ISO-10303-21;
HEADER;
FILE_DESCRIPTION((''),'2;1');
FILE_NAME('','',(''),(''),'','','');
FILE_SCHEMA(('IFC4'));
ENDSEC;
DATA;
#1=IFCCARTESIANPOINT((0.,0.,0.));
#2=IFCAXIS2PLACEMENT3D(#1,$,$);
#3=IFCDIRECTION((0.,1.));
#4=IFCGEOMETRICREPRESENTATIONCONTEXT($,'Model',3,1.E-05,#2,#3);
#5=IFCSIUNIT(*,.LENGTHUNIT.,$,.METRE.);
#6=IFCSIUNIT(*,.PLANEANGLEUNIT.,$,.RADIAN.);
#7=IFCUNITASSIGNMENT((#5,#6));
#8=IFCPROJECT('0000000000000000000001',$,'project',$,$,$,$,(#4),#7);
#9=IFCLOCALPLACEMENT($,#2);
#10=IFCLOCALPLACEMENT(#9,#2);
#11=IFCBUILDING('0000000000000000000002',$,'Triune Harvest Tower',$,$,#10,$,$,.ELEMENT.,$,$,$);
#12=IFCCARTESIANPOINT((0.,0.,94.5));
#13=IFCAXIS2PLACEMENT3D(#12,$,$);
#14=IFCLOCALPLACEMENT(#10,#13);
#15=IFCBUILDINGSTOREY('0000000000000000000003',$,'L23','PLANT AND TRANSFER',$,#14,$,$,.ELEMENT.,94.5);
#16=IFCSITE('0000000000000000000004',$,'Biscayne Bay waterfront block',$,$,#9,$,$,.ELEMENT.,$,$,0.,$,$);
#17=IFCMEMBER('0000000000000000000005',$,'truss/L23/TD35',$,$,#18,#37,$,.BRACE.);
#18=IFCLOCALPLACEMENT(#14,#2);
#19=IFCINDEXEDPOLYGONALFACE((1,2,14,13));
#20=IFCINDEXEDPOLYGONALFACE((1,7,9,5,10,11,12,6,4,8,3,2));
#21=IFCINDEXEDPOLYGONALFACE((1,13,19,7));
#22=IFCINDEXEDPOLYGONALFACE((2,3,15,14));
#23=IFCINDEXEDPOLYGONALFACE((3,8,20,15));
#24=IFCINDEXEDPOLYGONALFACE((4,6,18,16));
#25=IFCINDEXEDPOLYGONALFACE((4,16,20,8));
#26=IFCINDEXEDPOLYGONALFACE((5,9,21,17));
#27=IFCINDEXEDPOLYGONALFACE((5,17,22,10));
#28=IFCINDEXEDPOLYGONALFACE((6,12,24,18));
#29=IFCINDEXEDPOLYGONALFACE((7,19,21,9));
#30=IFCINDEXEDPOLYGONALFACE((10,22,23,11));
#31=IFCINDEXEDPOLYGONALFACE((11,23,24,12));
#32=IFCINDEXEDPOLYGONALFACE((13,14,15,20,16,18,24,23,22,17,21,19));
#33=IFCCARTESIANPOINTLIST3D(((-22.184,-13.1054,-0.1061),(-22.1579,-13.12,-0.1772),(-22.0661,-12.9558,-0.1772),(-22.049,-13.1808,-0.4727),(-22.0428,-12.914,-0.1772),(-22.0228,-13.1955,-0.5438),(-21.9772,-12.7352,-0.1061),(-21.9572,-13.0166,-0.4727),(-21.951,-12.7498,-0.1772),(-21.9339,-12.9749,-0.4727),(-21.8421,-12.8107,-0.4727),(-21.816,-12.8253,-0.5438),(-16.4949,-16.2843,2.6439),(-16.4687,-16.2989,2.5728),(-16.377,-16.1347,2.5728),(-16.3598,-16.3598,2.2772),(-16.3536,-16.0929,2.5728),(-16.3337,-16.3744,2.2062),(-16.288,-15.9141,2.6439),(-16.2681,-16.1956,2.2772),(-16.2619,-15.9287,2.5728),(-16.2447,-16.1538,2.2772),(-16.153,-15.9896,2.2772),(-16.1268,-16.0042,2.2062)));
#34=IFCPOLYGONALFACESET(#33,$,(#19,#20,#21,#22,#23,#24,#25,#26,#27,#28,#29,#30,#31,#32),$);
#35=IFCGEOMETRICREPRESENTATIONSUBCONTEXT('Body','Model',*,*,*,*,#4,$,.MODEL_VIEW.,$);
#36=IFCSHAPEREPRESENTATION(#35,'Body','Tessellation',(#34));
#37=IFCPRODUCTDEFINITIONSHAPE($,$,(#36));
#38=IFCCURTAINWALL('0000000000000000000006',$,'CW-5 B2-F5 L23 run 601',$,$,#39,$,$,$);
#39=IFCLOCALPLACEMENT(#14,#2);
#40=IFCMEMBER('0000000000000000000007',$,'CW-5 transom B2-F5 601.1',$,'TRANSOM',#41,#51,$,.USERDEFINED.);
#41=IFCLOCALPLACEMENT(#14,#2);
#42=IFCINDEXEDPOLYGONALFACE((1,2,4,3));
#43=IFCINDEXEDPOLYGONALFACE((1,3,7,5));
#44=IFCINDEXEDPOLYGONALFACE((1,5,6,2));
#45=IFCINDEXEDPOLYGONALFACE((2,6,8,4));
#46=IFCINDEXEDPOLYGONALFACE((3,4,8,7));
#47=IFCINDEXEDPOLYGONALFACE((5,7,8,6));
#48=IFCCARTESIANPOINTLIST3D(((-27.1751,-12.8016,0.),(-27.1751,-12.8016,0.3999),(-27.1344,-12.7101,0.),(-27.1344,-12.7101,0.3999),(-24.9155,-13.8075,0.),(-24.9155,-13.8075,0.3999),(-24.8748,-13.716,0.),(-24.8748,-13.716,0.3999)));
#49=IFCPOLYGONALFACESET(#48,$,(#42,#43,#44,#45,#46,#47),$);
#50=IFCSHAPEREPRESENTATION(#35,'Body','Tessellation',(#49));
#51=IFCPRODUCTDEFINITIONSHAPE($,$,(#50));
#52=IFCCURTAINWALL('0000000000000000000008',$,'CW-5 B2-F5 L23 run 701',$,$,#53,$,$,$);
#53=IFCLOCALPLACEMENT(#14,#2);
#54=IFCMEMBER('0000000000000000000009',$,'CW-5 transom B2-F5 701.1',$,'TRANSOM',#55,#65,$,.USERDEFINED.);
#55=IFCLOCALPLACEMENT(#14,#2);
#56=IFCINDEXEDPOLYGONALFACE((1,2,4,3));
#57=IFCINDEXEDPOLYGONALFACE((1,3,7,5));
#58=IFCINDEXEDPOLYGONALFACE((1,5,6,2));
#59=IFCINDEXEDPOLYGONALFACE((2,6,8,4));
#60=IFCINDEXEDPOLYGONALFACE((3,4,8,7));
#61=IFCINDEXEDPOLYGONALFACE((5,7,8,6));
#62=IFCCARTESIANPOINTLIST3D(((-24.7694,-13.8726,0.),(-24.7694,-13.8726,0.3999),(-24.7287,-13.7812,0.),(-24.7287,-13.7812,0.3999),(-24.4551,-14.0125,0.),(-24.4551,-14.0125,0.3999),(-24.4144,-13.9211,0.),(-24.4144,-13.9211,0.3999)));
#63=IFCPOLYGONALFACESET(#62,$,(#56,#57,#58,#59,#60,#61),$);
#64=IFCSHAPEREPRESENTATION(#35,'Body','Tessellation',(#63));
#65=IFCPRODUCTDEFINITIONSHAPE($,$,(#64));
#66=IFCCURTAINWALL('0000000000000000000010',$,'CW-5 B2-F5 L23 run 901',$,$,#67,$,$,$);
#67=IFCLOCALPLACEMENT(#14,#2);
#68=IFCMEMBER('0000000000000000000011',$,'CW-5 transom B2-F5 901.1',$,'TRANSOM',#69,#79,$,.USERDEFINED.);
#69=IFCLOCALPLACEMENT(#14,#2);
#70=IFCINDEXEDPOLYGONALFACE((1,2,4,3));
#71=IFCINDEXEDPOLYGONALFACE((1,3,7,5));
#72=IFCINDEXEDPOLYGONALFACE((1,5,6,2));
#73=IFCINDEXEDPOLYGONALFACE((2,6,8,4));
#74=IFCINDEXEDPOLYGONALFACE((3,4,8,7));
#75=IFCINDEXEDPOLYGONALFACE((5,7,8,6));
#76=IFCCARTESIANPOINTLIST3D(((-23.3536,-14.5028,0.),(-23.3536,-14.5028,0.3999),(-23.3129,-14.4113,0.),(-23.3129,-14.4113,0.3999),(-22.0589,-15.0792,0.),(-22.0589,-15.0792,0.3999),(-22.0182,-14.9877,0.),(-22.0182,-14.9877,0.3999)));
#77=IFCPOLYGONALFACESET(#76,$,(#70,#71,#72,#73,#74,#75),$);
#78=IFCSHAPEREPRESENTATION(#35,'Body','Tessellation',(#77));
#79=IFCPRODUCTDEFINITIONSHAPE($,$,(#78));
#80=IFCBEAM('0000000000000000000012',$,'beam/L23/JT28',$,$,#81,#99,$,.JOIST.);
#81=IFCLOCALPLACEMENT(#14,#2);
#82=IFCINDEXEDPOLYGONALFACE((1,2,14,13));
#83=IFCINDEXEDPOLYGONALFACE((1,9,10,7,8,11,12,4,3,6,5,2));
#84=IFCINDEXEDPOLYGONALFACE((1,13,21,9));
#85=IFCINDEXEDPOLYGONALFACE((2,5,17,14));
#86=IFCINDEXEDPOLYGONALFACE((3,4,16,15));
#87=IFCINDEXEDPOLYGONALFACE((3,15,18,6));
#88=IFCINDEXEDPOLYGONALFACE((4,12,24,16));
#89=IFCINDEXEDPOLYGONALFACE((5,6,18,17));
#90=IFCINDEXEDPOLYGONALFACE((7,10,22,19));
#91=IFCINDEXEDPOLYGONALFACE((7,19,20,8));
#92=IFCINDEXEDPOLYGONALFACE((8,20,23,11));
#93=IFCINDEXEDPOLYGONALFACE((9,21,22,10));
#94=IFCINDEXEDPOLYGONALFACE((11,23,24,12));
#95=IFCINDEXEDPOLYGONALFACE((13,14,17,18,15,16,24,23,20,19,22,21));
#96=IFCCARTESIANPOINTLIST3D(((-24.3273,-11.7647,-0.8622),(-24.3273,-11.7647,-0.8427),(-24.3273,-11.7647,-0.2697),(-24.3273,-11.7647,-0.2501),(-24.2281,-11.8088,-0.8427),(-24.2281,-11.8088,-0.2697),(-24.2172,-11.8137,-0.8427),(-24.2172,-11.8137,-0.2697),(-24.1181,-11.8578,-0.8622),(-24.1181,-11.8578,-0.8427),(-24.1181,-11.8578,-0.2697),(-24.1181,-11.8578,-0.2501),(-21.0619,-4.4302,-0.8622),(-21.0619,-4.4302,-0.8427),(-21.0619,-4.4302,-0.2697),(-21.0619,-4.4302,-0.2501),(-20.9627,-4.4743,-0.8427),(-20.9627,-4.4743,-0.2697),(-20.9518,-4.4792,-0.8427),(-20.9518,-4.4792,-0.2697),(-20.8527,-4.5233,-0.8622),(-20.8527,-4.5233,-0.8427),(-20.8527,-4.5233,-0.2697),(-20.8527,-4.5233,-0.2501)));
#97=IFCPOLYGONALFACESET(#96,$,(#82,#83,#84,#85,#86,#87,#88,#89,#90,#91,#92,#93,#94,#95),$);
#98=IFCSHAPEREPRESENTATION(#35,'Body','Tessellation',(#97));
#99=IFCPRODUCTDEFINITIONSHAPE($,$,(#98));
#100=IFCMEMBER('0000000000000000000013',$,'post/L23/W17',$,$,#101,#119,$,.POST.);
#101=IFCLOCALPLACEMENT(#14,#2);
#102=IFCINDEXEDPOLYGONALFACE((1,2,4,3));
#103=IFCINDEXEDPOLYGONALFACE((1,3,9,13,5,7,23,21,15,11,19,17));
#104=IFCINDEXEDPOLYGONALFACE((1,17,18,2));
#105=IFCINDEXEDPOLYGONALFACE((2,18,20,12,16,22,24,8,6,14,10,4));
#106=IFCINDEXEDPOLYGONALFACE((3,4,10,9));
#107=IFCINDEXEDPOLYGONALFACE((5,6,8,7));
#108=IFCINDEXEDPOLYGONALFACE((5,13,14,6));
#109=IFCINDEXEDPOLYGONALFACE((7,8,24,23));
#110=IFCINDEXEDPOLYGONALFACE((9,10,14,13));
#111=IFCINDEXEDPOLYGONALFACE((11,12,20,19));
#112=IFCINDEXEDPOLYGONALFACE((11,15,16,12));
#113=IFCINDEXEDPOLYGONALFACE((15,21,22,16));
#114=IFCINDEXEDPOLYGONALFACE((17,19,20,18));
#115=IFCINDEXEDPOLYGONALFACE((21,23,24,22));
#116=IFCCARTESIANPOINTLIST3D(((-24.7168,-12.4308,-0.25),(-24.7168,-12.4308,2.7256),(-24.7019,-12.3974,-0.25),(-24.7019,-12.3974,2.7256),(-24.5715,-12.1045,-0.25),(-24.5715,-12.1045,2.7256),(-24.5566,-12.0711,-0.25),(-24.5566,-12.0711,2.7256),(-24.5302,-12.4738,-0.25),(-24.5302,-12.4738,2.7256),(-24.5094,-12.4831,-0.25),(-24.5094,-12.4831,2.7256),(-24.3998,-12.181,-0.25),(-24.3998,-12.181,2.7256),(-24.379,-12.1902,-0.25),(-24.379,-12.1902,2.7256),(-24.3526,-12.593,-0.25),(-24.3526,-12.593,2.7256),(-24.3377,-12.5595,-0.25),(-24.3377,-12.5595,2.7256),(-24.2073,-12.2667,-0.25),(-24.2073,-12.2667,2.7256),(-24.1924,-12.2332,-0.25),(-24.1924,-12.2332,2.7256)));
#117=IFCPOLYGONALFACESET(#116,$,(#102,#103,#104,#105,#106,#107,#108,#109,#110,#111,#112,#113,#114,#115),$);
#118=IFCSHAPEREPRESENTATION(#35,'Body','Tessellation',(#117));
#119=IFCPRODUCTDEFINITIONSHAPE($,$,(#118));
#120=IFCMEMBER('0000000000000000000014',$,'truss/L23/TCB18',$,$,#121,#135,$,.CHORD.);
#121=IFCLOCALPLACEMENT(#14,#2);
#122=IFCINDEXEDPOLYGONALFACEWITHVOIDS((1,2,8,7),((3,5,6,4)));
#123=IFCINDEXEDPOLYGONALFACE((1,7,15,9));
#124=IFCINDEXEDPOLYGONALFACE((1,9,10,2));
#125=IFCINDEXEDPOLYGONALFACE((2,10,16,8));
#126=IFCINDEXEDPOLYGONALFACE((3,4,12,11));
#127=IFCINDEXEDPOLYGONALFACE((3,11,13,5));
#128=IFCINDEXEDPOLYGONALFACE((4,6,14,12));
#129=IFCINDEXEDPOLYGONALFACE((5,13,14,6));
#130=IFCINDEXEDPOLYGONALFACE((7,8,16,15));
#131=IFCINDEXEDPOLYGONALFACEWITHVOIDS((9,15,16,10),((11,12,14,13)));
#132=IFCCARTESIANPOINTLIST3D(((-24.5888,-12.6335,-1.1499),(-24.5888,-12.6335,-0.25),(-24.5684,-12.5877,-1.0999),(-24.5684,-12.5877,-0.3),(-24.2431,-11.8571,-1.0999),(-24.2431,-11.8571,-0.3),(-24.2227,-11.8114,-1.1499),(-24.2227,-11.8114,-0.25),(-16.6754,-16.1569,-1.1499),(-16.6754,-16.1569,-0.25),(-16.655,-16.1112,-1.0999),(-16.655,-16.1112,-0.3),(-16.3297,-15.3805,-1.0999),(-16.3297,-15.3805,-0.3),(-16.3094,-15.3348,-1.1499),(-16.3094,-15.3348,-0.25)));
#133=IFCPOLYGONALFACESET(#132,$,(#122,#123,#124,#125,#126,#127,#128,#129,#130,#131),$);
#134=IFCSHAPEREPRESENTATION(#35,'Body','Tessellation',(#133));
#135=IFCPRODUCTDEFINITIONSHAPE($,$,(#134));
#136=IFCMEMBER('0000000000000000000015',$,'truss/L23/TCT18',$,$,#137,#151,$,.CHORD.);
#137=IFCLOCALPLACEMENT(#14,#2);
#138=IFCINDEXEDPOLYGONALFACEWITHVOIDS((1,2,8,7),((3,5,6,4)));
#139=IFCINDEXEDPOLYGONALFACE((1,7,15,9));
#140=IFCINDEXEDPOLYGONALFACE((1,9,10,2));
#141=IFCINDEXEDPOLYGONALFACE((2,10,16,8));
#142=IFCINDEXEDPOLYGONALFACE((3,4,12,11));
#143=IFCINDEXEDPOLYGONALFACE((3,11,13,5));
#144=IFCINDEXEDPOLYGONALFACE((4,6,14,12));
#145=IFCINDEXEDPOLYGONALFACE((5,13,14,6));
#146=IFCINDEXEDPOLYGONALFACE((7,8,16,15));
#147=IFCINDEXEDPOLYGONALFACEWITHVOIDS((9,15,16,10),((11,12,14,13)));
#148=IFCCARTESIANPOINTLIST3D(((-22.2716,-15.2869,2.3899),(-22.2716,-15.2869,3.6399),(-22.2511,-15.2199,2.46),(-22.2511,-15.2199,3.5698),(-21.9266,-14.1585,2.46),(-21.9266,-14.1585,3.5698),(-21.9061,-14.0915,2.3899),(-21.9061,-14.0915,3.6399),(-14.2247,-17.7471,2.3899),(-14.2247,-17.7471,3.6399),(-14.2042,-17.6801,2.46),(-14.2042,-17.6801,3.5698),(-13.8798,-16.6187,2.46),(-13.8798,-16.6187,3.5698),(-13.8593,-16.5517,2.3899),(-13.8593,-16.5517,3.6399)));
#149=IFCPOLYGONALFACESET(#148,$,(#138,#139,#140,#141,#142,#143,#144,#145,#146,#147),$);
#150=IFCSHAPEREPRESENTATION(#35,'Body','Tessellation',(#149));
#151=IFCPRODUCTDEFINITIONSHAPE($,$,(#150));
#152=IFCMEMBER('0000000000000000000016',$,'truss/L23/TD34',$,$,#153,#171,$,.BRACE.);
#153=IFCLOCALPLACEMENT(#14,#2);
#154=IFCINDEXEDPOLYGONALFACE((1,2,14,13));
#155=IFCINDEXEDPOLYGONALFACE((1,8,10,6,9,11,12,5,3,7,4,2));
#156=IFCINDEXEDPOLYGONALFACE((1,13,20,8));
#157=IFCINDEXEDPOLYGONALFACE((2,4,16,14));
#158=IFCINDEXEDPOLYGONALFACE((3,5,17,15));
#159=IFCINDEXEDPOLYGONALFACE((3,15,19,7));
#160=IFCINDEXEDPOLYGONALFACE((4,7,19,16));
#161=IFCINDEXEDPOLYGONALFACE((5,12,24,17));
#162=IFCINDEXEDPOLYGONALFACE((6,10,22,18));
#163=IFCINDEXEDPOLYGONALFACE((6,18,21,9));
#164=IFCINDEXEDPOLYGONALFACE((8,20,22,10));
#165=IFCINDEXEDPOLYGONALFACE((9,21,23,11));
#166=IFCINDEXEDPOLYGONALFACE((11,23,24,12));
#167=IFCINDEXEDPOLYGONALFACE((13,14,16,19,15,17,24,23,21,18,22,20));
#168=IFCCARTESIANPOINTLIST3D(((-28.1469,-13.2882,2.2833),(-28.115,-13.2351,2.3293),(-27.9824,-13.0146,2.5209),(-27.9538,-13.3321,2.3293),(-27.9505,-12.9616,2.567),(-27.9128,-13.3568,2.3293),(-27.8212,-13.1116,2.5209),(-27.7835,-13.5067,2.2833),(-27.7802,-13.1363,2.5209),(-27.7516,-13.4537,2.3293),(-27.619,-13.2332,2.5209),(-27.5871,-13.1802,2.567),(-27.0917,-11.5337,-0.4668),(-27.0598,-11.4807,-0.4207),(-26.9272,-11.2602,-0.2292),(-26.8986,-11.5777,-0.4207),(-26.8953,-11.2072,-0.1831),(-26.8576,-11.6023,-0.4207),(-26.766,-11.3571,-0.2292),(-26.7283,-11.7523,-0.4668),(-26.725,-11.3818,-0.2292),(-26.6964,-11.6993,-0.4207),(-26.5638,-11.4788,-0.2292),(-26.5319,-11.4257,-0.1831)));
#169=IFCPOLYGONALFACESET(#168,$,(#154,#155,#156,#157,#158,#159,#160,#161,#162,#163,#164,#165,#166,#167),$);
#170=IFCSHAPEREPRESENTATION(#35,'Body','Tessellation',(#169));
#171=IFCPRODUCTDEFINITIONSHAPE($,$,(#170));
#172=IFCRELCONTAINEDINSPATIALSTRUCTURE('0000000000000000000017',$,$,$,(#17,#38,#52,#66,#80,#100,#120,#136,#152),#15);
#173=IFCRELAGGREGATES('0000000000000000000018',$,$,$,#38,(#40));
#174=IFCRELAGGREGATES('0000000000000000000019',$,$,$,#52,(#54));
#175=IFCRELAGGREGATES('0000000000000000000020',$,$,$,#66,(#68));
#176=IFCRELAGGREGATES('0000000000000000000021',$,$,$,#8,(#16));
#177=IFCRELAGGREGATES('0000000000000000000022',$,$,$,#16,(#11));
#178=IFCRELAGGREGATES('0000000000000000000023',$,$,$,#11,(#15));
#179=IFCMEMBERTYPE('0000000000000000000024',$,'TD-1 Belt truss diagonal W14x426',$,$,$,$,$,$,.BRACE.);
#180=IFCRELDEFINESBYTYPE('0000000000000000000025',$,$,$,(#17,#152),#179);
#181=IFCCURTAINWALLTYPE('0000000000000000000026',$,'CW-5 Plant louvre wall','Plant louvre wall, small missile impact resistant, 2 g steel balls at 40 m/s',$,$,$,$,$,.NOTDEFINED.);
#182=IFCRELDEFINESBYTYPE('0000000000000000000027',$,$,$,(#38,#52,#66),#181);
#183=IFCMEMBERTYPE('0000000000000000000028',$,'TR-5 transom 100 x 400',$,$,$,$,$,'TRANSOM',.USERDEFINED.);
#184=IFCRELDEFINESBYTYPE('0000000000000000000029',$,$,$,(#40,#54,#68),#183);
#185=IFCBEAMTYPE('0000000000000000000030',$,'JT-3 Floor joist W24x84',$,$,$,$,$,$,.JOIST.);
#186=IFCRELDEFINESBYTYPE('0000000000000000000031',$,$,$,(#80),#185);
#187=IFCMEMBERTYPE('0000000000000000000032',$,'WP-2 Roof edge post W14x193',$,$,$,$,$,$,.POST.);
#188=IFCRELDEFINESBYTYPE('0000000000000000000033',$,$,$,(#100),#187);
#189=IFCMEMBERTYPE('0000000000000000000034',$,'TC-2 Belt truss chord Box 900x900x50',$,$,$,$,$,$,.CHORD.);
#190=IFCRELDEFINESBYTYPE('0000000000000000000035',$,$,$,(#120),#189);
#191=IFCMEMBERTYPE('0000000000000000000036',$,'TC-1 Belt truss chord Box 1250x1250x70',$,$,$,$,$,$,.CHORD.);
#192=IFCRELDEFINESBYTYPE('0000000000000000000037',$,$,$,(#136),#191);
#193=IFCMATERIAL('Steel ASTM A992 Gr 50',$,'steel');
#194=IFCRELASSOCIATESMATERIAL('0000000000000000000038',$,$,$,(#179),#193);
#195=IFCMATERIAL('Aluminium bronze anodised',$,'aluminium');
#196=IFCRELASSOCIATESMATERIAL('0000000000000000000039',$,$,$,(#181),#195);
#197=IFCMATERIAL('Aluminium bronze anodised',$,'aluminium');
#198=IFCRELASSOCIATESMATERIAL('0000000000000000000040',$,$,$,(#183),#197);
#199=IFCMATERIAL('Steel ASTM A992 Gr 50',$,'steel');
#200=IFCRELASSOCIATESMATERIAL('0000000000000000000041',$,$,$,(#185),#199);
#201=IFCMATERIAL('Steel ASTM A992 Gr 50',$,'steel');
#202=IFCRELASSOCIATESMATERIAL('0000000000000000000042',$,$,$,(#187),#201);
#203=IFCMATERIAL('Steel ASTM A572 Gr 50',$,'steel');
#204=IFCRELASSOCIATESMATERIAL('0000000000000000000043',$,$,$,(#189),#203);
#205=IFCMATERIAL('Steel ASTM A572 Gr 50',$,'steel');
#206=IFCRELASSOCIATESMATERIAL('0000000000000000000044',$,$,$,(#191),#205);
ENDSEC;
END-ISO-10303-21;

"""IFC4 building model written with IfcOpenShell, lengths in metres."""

from ifc_helpers import new_model, si_unit, direction, frame, origin, origin_2d, place, context, subcontext, project, spatial, rectangle, hollow_rectangle, i_section, extrude, source, transform, mapped, material, material_profile, profile_set, type_object, element, aggregate, save


model = new_model("IFC4")

# Units and contexts
model_context = context("Model", 3, precision=1e-05, world=origin(), true_north=direction((0.0, 1.0)))
body_context = subcontext(model_context, "Body", "Model", "MODEL_VIEW")
ifc_project = project(units=[si_unit("LENGTHUNIT", "METRE"), si_unit("PLANEANGLEUNIT", "RADIAN")], contexts=[model_context])

# Site, building, storey
site_placement = place(None, origin())
site = spatial("IfcSite", under=ifc_project, at=site_placement, Name="Biscayne Bay waterfront block", CompositionType="ELEMENT", RefElevation=0.0)
building_placement = place(site_placement, origin())
building = spatial("IfcBuilding", under=site, at=building_placement, Name="Triune Harvest Tower", CompositionType="ELEMENT")
storey_placement = place(building_placement, frame((0.0, 0.0, 94.5)))
storey = spatial("IfcBuildingStorey", under=building, at=storey_placement, Name="L23", Description="PLANT AND TRANSFER", CompositionType="ELEMENT", Elevation=94.5)

# Member
ifc_material_1 = material(Name="Steel ASTM A992 Gr 50", Category="steel")
ifc_material_profile_1 = material_profile(ifc_material_1, i_section(OverallWidth=0.4241, OverallDepth=0.4751, WebThickness=0.0479, FlangeThickness=0.0771, at=origin_2d()), Name="W14x426")
ifc_profile_set_1 = profile_set([ifc_material_profile_1], Name="Steel ASTM A992 Gr 50")
member_type_1 = type_object("IfcMemberType", Name="TD-1 Belt truss diagonal W14x426", PredefinedType="BRACE", material=ifc_profile_set_1)
member_1_placement = place(storey_placement, frame((-22.0, -12.9653, -0.325), z_axis=(0.804291, -0.449413, 0.388771), x_axis=(0.487785, 0.872964, 0.0)))
element("IfcMember", 1, at=member_1_placement, inside=storey, type_object=member_type_1, Name="truss/L23/TD35", PredefinedType="BRACE", context=body_context, shape_type="SweptSolid", body=[
    extrude(i_section(OverallWidth=0.4241, OverallDepth=0.4751, WebThickness=0.0479, FlangeThickness=0.0771, at=origin_2d()), origin(), (0.0, 0.0, 1.0), 7.0735),
])

# Curtain walls, members
ifc_material_2 = material(Name="Aluminium bronze anodised", Category="aluminium")
curtain_wall_type = type_object("IfcCurtainWallType", Name="CW-5 Plant louvre wall", Description="Plant louvre wall, small missile impact resistant, 2 g steel balls at 40 m/s", PredefinedType="NOTDEFINED", material=ifc_material_2)
curtain_wall_1_placement = place(storey_placement, origin())
curtain_wall_1 = element("IfcCurtainWall", 2, at=curtain_wall_1_placement, inside=storey, type_object=curtain_wall_type, Name="CW-5 B2-F5 L23 run 601")
ifc_material_3 = material(Name="Aluminium bronze anodised", Category="aluminium")
ifc_material_profile_2 = material_profile(ifc_material_3, rectangle(XDim=0.1001, YDim=0.3999, at=origin_2d()), Name="TR-5 transom 100 x 400")
ifc_profile_set_2 = profile_set([ifc_material_profile_2], Name="Aluminium bronze anodised")
member_type_2 = type_object("IfcMemberType", Name="TR-5 transom 100 x 400", ElementType="TRANSOM", PredefinedType="USERDEFINED", material=ifc_profile_set_2)
member_2_placement = place(storey_placement, frame((-27.1548, -12.7559, 0.2), z_axis=(0.913567, -0.406688, 0.0), x_axis=(0.406688, 0.913567, 0.0)))
member_2 = element("IfcMember", 3, at=member_2_placement, type_object=member_type_2, Name="CW-5 transom B2-F5 601.1", ObjectType="TRANSOM", PredefinedType="USERDEFINED", context=body_context, shape_type="SweptSolid", body=[
    extrude(rectangle(XDim=0.1001, YDim=0.3999, at=origin_2d()), origin(), (0.0, 0.0, 1.0), 2.4734),
])
curtain_wall_2_placement = place(storey_placement, origin())
curtain_wall_2 = element("IfcCurtainWall", 4, at=curtain_wall_2_placement, inside=storey, type_object=curtain_wall_type, Name="CW-5 B2-F5 L23 run 701")
member_3_placement = place(storey_placement, frame((-24.749, -13.8269, 0.2), z_axis=(0.913548, -0.406731, 0.0), x_axis=(0.406731, 0.913548, 0.0)))
member_3 = element("IfcMember", 5, at=member_3_placement, type_object=member_type_2, Name="CW-5 transom B2-F5 701.1", ObjectType="TRANSOM", PredefinedType="USERDEFINED", context=body_context, shape_type="SweptSolid", body=[
    extrude(rectangle(XDim=0.1001, YDim=0.3999, at=origin_2d()), origin(), (0.0, 0.0, 1.0), 0.344),
])
curtain_wall_3_placement = place(storey_placement, origin())
curtain_wall_3 = element("IfcCurtainWall", 6, at=curtain_wall_3_placement, inside=storey, type_object=curtain_wall_type, Name="CW-5 B2-F5 L23 run 901")
member_4_placement = place(storey_placement, frame((-23.3333, -14.457, 0.2), z_axis=(0.913549, -0.40673, 0.0), x_axis=(0.40673, 0.913549, 0.0)))
member_4 = element("IfcMember", 7, at=member_4_placement, type_object=member_type_2, Name="CW-5 transom B2-F5 901.1", ObjectType="TRANSOM", PredefinedType="USERDEFINED", context=body_context, shape_type="SweptSolid", body=[
    extrude(rectangle(XDim=0.1001, YDim=0.3999, at=origin_2d()), origin(), (0.0, 0.0, 1.0), 1.4172),
])

# Beam
ifc_material_4 = material(Name="Steel ASTM A992 Gr 50", Category="steel")
ifc_material_profile_3 = material_profile(ifc_material_4, i_section(OverallWidth=0.229, OverallDepth=0.6121, WebThickness=0.012, FlangeThickness=0.0195, at=origin_2d()), Name="W24x84")
ifc_profile_set_3 = profile_set([ifc_material_profile_3], Name="Steel ASTM A992 Gr 50")
beam_type = type_object("IfcBeamType", Name="JT-3 Floor joist W24x84", PredefinedType="JOIST", material=ifc_profile_set_3)
shared_shape_1 = source(origin(), body_context, "Body", "SweptSolid", [
    extrude(i_section(OverallWidth=0.229, OverallDepth=0.6121, WebThickness=0.012, FlangeThickness=0.0195, at=origin_2d()), origin(), (0.0, 0.0, 1.0), 8.0286),
])
beam_placement = place(storey_placement, frame((-24.2227, -11.8113, -0.5562), z_axis=(0.406722, 0.913552, 0.0), x_axis=(-0.913552, 0.406722, 0.0)))
element("IfcBeam", 8, at=beam_placement, inside=storey, type_object=beam_type, Name="beam/L23/JT28", PredefinedType="JOIST", context=body_context, shape_type="MappedRepresentation", body=[
    mapped(shared_shape_1, transform((0.0, 0.0, 0.0), scale=1.0)),
])

# Members
ifc_material_5 = material(Name="Steel ASTM A992 Gr 50", Category="steel")
ifc_material_profile_4 = material_profile(ifc_material_5, i_section(OverallWidth=0.3987, OverallDepth=0.3938, WebThickness=0.0227, FlangeThickness=0.0366, at=origin_2d()), Name="W14x193")
ifc_profile_set_4 = profile_set([ifc_material_profile_4], Name="Steel ASTM A992 Gr 50")
member_type_3 = type_object("IfcMemberType", Name="WP-2 Roof edge post W14x193", PredefinedType="POST", material=ifc_profile_set_4)
shared_shape_2 = source(origin(), body_context, "Body", "SweptSolid", [
    extrude(i_section(OverallWidth=0.3987, OverallDepth=0.3938, WebThickness=0.0227, FlangeThickness=0.0366, at=origin_2d()), origin(), (0.0, 0.0, 1.0), 2.9756),
])
member_5_placement = place(storey_placement, frame((-24.4546, -12.332, -0.25), z_axis=(0.0, 0.0, 1.0), x_axis=(0.913545, -0.406737, 0.0)))
element("IfcMember", 9, at=member_5_placement, inside=storey, type_object=member_type_3, Name="post/L23/W17", PredefinedType="POST", context=body_context, shape_type="MappedRepresentation", body=[
    mapped(shared_shape_2, transform((0.0, 0.0, 0.0), scale=1.0)),
])
ifc_material_6 = material(Name="Steel ASTM A572 Gr 50", Category="steel")
ifc_material_profile_5 = material_profile(ifc_material_6, hollow_rectangle(XDim=0.8999, YDim=0.8999, WallThickness=0.05, at=origin_2d()), Name="Box 900x900x50")
ifc_profile_set_5 = profile_set([ifc_material_profile_5], Name="Steel ASTM A572 Gr 50")
member_type_4 = type_object("IfcMemberType", Name="TC-2 Belt truss chord Box 900x900x50", PredefinedType="CHORD", material=ifc_profile_set_5)
shared_shape_3 = source(origin(), body_context, "Body", "SweptSolid", [
    extrude(hollow_rectangle(XDim=0.8999, YDim=0.8999, WallThickness=0.05, at=origin_2d()), origin(), (0.0, 0.0, 1.0), 8.6624),
])
member_6_placement = place(storey_placement, frame((-24.4058, -12.2224, -0.7), z_axis=(0.913537, -0.406756, 0.0), x_axis=(0.406756, 0.913537, 0.0)))
element("IfcMember", 10, at=member_6_placement, inside=storey, type_object=member_type_4, Name="truss/L23/TCB18", PredefinedType="CHORD", context=body_context, shape_type="MappedRepresentation", body=[
    mapped(shared_shape_3, transform((0.0, 0.0, 0.0), scale=1.0)),
])
ifc_material_7 = material(Name="Steel ASTM A572 Gr 50", Category="steel")
ifc_material_profile_6 = material_profile(ifc_material_7, hollow_rectangle(XDim=1.25, YDim=1.25, WallThickness=0.0701, at=origin_2d()), Name="Box 1250x1250x70")
ifc_profile_set_6 = profile_set([ifc_material_profile_6], Name="Steel ASTM A572 Gr 50")
member_type_5 = type_object("IfcMemberType", Name="TC-1 Belt truss chord Box 1250x1250x70", PredefinedType="CHORD", material=ifc_profile_set_6)
shared_shape_4 = source(origin(), body_context, "Body", "SweptSolid", [
    extrude(hollow_rectangle(XDim=1.25, YDim=1.25, WallThickness=0.0701, at=origin_2d()), origin(), (0.0, 0.0, 1.0), 8.4146),
])
member_7_placement = place(storey_placement, frame((-22.0889, -14.6892, 3.0149), z_axis=(0.956304, -0.292375, 0.0), x_axis=(0.292375, 0.956304, 0.0)))
element("IfcMember", 11, at=member_7_placement, inside=storey, type_object=member_type_5, Name="truss/L23/TCT18", PredefinedType="CHORD", context=body_context, shape_type="MappedRepresentation", body=[
    mapped(shared_shape_4, transform((0.0, 0.0, 0.0), scale=1.0)),
])
shared_shape_5 = source(origin(), body_context, "Body", "SweptSolid", [
    extrude(i_section(OverallWidth=0.4241, OverallDepth=0.4751, WebThickness=0.0479, FlangeThickness=0.0771, at=origin_2d()), origin(), (0.0, 0.0, 1.0), 3.4285),
])
member_8_placement = place(storey_placement, frame((-26.8118, -11.4797, -0.325), z_axis=(-0.307777, -0.511727, 0.802128), x_axis=(0.856945, -0.515407, 0.0)))
element("IfcMember", 12, at=member_8_placement, inside=storey, type_object=member_type_1, Name="truss/L23/TD34", PredefinedType="BRACE", context=body_context, shape_type="MappedRepresentation", body=[
    mapped(shared_shape_5, transform((0.0, 0.0, 0.0), scale=1.0)),
])

aggregate(curtain_wall_1, [member_2])
aggregate(curtain_wall_2, [member_3])
aggregate(curtain_wall_3, [member_4])

save(model, "model.ifc")
